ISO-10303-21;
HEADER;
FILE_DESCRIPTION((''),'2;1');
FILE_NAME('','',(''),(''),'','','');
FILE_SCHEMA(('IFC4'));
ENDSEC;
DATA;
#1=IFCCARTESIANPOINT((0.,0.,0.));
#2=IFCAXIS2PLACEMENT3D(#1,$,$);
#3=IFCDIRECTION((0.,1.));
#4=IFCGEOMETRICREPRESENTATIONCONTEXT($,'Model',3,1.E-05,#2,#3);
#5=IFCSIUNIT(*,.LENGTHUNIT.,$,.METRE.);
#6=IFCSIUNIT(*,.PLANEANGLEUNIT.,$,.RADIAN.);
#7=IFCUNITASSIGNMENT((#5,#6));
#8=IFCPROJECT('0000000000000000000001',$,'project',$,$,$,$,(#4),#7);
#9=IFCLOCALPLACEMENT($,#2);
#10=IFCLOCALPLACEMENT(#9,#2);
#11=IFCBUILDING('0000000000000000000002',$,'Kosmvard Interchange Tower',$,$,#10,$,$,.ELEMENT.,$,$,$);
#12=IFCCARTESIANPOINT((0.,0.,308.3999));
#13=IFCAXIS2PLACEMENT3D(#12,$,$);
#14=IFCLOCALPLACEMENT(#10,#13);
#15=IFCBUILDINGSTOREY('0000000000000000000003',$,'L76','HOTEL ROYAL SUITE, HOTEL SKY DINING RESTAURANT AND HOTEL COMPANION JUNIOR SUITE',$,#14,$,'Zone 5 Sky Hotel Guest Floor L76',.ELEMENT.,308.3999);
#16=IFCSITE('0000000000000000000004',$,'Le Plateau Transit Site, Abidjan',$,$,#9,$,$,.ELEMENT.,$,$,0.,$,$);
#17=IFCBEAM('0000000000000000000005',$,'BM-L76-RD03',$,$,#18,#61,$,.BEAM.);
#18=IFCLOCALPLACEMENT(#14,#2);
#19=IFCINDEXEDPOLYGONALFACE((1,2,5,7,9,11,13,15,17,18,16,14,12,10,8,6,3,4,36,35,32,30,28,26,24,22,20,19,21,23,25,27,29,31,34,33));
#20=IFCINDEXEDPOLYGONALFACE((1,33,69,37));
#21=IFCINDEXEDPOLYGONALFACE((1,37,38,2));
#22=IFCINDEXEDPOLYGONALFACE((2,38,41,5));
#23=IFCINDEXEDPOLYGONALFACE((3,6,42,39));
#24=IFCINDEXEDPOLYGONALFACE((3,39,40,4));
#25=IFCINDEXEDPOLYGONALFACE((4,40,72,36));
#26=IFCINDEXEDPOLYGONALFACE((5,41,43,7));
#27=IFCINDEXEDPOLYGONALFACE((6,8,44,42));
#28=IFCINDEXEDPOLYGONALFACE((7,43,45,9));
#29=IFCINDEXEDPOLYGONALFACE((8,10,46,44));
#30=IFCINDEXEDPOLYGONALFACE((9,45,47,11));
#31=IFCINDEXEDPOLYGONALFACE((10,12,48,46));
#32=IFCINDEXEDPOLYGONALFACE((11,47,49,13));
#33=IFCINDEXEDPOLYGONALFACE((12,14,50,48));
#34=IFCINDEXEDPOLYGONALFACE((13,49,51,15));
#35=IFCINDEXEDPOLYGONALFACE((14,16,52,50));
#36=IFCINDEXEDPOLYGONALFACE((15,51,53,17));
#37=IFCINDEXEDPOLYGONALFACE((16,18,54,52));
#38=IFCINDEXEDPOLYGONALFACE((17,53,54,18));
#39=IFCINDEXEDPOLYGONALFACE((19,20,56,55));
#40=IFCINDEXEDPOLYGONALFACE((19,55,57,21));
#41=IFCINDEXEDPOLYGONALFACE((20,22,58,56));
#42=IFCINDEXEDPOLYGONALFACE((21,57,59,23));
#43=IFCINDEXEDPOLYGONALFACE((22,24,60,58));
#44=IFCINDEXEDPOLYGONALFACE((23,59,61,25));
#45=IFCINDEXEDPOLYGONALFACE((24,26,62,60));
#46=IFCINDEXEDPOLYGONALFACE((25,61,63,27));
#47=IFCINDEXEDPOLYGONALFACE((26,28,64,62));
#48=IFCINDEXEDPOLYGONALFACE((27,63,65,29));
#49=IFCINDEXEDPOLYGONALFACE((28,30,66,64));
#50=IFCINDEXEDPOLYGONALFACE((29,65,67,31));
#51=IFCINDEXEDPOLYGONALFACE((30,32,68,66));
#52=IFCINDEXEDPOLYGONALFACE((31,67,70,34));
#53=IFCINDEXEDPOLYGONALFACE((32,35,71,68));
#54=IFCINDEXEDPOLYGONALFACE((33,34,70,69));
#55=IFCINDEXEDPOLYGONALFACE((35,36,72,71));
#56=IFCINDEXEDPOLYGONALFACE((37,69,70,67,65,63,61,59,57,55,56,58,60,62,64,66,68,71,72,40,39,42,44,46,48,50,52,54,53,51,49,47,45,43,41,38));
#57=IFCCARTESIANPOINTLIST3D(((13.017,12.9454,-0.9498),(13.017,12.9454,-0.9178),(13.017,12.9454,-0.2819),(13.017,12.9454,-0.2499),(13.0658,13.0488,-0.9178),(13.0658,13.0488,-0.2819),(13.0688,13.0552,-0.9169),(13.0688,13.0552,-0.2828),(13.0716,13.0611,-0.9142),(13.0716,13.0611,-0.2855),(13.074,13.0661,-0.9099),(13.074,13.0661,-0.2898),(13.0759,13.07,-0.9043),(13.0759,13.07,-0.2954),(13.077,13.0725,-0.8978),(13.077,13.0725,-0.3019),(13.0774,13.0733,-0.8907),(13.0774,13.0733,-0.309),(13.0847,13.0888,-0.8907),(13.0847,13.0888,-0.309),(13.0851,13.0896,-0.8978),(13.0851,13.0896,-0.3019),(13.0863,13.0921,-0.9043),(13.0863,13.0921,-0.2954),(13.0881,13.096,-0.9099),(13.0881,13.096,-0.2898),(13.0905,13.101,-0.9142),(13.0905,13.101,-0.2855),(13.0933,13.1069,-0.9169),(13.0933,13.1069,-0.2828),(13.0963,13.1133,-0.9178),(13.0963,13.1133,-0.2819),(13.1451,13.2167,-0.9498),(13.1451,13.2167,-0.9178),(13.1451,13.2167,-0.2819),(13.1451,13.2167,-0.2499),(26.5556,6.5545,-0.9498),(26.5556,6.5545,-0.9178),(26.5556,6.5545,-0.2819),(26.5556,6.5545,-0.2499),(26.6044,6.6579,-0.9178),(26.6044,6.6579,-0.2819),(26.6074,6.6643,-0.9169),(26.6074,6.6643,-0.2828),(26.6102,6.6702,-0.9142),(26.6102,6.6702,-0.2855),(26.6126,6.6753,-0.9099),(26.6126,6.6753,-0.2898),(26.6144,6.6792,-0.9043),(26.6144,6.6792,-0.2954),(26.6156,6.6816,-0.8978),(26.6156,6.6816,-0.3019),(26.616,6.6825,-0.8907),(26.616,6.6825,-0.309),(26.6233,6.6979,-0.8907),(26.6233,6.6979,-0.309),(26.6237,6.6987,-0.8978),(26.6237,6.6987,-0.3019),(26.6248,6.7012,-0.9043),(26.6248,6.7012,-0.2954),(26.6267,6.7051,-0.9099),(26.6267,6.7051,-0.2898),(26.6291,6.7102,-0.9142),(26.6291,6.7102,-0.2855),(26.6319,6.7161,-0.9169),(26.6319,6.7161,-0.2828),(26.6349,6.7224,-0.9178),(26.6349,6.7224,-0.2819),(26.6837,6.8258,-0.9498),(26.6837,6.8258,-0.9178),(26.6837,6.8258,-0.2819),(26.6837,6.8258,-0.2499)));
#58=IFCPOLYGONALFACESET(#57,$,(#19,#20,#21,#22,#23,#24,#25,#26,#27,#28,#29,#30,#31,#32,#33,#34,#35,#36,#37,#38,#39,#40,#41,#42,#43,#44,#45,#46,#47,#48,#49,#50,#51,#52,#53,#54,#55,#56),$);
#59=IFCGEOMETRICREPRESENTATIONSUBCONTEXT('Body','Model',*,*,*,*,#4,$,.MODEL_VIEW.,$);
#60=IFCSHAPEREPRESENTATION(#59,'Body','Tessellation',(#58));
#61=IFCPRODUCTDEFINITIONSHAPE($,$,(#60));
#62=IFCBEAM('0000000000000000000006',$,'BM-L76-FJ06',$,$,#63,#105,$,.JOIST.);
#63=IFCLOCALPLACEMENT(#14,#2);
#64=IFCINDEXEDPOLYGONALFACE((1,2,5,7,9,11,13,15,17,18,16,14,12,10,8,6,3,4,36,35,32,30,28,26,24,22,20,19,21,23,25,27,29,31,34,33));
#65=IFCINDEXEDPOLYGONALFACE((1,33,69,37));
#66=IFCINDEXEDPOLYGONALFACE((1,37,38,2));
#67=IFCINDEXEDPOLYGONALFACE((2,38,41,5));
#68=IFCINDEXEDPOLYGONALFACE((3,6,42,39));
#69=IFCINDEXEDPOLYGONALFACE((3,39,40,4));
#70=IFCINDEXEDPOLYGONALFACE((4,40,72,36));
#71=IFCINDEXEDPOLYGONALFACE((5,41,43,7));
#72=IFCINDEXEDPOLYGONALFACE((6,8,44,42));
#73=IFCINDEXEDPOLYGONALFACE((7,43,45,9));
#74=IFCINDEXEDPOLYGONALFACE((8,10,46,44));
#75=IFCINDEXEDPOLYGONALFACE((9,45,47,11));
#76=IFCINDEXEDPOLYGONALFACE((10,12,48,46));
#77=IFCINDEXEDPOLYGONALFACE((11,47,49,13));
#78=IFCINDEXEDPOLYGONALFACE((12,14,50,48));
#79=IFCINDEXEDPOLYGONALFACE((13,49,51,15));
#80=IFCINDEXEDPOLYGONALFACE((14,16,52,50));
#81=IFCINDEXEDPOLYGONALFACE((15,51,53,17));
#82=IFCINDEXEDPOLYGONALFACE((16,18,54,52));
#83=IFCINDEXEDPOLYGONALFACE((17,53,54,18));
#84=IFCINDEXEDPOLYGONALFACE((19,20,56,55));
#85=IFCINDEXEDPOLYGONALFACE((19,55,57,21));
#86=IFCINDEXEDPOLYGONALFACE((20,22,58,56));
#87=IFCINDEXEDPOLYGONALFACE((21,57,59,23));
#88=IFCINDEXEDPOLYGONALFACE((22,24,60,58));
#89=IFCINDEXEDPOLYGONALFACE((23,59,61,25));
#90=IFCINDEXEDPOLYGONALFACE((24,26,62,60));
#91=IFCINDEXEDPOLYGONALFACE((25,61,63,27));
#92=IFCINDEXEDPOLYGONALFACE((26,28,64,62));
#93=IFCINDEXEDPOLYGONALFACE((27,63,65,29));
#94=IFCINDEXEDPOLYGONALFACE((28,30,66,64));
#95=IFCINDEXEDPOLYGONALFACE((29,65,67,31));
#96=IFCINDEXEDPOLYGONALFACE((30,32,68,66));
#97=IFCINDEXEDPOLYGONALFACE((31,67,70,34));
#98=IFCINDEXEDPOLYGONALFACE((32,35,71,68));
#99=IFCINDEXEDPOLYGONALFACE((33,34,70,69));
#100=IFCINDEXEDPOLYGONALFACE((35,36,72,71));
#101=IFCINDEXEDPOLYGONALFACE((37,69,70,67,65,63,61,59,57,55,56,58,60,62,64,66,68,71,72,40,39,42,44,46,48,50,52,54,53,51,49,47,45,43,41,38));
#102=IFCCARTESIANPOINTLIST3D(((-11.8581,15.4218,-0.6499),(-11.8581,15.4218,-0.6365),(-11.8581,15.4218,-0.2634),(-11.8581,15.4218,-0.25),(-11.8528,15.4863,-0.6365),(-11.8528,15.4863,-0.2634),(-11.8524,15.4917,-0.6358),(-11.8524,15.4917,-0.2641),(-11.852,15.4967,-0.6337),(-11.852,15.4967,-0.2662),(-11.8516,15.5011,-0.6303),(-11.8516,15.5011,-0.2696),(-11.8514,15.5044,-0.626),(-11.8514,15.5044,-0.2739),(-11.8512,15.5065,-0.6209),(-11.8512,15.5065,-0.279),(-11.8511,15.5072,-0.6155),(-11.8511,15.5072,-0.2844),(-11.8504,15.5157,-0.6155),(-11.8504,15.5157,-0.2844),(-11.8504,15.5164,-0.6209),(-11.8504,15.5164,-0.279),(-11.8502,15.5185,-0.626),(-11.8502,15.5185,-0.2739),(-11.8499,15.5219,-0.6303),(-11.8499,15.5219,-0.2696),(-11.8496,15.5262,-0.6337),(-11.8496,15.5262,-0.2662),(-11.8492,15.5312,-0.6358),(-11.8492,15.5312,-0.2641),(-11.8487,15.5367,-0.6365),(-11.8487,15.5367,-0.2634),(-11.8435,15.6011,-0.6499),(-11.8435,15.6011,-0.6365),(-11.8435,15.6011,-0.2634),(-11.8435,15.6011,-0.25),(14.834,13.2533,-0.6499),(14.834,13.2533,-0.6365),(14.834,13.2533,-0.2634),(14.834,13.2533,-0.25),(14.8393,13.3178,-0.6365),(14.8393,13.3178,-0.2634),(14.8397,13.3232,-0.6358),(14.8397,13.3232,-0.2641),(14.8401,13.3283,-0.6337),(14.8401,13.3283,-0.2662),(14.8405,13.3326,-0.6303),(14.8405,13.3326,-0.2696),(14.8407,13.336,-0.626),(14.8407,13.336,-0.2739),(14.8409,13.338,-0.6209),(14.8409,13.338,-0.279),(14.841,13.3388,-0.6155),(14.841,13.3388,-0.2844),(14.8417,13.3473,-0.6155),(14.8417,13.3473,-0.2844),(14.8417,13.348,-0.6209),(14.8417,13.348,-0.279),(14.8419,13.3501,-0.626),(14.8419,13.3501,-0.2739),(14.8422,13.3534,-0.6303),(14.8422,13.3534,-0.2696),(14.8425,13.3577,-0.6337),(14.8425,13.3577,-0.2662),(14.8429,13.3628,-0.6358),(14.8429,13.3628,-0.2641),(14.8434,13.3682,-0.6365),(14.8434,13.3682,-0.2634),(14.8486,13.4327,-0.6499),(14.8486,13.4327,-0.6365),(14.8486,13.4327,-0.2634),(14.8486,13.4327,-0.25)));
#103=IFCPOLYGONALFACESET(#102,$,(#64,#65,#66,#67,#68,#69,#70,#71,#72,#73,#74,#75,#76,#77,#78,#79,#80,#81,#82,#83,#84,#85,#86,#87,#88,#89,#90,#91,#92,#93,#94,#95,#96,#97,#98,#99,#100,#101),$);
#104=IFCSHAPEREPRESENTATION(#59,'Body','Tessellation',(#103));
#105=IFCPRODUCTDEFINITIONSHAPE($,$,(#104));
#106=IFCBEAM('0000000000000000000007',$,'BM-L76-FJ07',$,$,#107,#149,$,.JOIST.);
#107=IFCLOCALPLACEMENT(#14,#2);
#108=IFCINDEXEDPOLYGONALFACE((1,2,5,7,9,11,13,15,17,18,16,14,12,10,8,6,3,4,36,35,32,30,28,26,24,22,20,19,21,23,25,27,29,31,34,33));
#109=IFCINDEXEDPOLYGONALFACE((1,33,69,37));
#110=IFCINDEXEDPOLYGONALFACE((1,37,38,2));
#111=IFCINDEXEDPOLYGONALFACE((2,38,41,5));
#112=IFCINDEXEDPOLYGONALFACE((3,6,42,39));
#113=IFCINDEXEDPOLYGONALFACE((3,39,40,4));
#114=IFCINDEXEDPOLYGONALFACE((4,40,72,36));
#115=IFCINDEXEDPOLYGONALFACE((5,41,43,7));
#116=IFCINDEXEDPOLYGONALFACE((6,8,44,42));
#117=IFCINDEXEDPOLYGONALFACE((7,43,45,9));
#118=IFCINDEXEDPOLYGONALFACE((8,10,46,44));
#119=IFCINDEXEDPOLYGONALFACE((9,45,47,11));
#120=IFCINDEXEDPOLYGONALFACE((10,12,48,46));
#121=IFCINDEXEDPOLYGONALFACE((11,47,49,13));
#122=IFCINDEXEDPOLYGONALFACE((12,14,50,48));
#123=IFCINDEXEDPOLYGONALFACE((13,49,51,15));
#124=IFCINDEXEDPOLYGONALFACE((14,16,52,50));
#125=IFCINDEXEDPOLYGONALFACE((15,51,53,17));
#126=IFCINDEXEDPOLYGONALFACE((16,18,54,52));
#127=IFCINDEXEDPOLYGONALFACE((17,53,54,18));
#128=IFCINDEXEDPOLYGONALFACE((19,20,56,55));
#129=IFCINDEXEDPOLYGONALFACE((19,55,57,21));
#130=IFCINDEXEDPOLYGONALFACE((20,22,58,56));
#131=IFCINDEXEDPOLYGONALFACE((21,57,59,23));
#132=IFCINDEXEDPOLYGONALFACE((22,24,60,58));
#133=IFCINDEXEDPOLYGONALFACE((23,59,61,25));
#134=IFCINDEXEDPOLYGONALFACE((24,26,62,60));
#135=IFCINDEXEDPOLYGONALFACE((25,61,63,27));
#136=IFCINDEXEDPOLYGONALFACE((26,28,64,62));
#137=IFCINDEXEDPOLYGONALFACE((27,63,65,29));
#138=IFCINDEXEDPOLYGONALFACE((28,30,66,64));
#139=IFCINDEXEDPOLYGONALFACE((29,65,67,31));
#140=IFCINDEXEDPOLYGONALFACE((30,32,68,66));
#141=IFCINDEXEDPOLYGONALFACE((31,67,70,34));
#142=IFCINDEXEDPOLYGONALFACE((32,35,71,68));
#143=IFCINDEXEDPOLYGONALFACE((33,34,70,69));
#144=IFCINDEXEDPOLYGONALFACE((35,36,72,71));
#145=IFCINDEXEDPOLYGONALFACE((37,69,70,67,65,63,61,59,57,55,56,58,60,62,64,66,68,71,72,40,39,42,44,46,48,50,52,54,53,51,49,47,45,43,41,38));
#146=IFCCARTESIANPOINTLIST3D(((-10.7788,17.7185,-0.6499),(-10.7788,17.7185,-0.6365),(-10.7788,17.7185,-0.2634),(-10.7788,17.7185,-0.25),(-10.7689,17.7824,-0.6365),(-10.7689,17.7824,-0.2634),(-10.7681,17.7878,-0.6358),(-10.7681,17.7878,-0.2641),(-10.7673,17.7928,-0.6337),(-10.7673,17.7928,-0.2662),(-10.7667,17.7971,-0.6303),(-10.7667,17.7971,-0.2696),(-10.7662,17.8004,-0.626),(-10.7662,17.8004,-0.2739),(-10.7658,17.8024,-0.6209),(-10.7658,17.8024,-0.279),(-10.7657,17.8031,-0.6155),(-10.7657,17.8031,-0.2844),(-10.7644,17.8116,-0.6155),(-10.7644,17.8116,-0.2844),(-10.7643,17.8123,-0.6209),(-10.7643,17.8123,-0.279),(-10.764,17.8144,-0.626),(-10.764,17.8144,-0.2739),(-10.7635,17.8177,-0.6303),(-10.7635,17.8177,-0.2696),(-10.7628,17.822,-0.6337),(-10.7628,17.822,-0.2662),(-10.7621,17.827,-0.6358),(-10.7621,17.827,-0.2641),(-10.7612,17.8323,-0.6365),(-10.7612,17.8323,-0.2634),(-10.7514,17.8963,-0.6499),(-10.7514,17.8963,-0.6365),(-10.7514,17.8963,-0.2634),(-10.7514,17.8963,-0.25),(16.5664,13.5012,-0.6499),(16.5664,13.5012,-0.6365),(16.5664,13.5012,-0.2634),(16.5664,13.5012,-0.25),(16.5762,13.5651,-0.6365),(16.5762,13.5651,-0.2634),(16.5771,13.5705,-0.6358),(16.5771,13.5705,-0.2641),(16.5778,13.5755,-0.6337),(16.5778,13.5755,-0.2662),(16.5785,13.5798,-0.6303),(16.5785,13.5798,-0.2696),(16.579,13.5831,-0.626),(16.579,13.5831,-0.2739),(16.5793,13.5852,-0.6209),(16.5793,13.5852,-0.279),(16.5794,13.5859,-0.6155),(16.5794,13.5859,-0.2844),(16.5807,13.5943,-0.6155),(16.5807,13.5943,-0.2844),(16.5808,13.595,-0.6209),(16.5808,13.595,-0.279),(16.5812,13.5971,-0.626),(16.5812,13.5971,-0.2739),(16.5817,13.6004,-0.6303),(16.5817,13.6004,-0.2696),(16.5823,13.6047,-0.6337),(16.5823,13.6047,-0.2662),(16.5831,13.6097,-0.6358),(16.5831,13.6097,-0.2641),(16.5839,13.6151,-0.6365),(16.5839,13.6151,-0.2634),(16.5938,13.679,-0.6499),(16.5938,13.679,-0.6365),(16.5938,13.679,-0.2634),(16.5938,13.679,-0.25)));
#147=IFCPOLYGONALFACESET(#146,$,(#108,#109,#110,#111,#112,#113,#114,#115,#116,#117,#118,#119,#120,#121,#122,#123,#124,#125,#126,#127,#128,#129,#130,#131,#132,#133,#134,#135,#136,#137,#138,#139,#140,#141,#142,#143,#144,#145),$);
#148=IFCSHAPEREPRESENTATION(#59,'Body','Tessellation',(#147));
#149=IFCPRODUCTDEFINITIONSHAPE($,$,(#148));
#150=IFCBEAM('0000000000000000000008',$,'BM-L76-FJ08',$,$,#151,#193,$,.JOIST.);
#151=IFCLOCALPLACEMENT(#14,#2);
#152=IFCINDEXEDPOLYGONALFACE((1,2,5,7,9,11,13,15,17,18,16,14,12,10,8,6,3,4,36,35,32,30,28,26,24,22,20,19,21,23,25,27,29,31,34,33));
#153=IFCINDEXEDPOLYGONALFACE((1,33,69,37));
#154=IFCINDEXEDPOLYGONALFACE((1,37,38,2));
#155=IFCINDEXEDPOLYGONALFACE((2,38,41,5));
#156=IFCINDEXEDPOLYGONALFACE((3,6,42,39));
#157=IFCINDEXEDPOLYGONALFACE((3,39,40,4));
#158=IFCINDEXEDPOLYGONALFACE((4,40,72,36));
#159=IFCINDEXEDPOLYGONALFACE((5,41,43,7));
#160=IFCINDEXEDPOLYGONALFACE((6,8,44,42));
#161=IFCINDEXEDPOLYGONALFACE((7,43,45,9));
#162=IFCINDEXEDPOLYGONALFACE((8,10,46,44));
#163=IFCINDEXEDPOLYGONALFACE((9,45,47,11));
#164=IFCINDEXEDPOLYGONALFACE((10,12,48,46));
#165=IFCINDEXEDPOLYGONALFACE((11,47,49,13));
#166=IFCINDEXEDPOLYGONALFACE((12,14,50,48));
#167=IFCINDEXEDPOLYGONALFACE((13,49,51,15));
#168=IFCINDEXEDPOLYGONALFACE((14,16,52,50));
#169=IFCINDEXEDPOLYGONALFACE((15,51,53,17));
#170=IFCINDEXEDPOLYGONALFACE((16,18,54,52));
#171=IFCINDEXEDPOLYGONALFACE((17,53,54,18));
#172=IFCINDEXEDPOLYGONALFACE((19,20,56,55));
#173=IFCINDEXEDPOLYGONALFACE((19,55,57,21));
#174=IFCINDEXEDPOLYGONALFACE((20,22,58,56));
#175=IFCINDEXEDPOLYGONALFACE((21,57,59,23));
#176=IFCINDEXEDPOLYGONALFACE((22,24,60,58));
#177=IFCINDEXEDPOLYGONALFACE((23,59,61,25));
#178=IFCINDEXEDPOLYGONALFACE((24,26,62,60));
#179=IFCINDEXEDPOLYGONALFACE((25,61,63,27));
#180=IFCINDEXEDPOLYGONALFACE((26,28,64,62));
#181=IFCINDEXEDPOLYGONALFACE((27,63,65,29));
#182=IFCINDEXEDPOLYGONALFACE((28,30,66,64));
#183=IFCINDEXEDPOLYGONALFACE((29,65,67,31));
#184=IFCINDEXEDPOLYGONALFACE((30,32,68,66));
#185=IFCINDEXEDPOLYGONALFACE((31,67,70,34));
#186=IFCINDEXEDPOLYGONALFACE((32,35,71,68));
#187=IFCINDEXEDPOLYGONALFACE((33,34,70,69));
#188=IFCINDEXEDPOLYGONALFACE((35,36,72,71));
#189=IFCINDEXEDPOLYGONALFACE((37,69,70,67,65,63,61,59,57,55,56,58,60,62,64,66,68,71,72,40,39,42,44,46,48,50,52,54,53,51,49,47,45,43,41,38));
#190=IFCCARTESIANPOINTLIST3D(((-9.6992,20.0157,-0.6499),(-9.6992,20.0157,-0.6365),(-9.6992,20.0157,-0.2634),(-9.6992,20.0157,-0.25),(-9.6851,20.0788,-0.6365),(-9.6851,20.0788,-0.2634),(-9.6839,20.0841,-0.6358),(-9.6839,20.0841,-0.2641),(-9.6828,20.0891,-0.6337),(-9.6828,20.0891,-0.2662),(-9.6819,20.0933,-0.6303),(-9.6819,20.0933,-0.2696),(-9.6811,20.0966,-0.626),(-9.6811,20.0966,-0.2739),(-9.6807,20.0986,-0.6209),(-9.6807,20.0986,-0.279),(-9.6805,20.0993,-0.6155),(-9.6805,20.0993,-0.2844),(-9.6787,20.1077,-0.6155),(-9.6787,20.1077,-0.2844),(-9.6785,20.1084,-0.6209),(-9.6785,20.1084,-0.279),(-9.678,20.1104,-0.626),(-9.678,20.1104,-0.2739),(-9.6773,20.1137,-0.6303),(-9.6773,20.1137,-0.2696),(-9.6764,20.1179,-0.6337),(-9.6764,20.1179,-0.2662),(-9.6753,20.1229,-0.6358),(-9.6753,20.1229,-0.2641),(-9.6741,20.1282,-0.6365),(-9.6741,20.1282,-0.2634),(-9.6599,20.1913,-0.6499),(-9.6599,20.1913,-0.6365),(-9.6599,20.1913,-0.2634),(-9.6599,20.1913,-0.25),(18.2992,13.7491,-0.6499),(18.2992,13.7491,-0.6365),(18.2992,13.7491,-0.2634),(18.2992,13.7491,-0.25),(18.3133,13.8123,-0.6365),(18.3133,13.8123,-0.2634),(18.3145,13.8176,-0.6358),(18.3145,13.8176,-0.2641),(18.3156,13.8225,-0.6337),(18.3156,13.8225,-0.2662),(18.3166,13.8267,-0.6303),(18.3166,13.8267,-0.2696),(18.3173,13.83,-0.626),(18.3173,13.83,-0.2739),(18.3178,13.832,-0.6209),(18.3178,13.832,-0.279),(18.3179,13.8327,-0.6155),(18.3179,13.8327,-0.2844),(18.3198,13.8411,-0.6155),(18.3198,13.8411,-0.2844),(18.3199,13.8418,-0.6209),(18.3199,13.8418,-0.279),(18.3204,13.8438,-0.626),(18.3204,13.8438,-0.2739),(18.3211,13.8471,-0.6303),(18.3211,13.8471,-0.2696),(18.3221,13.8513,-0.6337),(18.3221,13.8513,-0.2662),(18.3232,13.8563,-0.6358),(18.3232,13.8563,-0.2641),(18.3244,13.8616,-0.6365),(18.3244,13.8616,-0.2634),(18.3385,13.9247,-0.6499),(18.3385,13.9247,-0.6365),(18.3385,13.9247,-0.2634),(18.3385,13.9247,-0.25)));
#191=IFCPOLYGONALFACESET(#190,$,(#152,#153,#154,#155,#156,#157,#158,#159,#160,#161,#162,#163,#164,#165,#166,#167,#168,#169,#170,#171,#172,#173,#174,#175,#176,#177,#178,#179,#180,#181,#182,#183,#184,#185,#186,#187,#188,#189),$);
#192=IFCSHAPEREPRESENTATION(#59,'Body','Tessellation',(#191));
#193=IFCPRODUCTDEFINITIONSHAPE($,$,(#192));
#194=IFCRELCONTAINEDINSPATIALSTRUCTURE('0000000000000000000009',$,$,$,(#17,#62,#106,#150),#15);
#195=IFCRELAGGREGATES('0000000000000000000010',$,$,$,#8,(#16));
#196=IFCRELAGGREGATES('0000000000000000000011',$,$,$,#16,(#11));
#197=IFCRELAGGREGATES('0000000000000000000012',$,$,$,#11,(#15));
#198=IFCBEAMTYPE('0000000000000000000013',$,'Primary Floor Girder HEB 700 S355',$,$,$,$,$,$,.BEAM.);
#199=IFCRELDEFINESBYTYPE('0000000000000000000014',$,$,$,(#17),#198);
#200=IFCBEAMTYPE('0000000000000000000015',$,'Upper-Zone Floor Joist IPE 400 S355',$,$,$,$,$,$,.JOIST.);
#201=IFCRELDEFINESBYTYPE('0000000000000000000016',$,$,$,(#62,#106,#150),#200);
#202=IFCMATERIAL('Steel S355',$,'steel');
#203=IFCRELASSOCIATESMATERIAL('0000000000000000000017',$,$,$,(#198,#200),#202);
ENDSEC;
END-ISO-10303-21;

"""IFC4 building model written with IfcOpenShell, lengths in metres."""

from ifc_helpers import new_model, si_unit, direction, frame, origin, origin_2d, place, context, subcontext, project, spatial, i_section, extrude, source, transform, mapped, material, material_profile, profile_set, type_object, element, save


model = new_model("IFC4")

# Units and contexts
model_context = context("Model", 3, precision=1e-05, world=origin(), true_north=direction((0.0, 1.0)))
body_context = subcontext(model_context, "Body", "Model", "MODEL_VIEW")
ifc_project = project(units=[si_unit("LENGTHUNIT", "METRE"), si_unit("PLANEANGLEUNIT", "RADIAN")], contexts=[model_context])

# Site, building, storey
site_placement = place(None, origin())
site = spatial("IfcSite", under=ifc_project, at=site_placement, Name="Le Plateau Transit Site, Abidjan", CompositionType="ELEMENT", RefElevation=0.0)
building_placement = place(site_placement, origin())
building = spatial("IfcBuilding", under=site, at=building_placement, Name="Kosmvard Interchange Tower", CompositionType="ELEMENT")
storey_placement = place(building_placement, frame((0.0, 0.0, 308.3999)))
storey = spatial("IfcBuildingStorey", under=building, at=storey_placement, Name="L76", Description="HOTEL ROYAL SUITE, HOTEL SKY DINING RESTAURANT AND HOTEL COMPANION JUNIOR SUITE", LongName="Zone 5 Sky Hotel Guest Floor L76", CompositionType="ELEMENT", Elevation=308.3999)

# Beams
ifc_material_1 = material(Name="Steel S355", Category="steel")
ifc_material_profile_1 = material_profile(ifc_material_1, i_section(OverallWidth=0.3, OverallDepth=0.7, WebThickness=0.0171, FlangeThickness=0.032, FilletRadius=0.0271, at=origin_2d()), Name="HEB 700")
ifc_profile_set_1 = profile_set([ifc_material_profile_1], Name="Steel S355")
beam_type_1 = type_object("IfcBeamType", Name="Primary Floor Girder HEB 700 S355", PredefinedType="BEAM", material=ifc_profile_set_1)
shared_shape_1 = source(origin(), body_context, "Body", "SweptSolid", [
    extrude(i_section(OverallWidth=0.3, OverallDepth=0.7, WebThickness=0.0171, FlangeThickness=0.032, FilletRadius=0.0271, at=origin_2d()), origin(), (0.0, 0.0, 1.0), 14.9712),
])
beam_1_placement = place(storey_placement, frame((13.0811, 13.0811, -0.5999), z_axis=(0.904309, -0.426878, 0.0), x_axis=(0.426878, 0.904309, 0.0)))
element("IfcBeam", 1, at=beam_1_placement, inside=storey, type_object=beam_type_1, Name="BM-L76-RD03", PredefinedType="BEAM", context=body_context, shape_type="MappedRepresentation", body=[
    mapped(shared_shape_1, transform((0.0, 0.0, 0.0), scale=1.0)),
])
ifc_material_profile_2 = material_profile(ifc_material_1, i_section(OverallWidth=0.1799, OverallDepth=0.3999, WebThickness=0.0085, FlangeThickness=0.0134, FilletRadius=0.021, at=origin_2d()), Name="IPE 400")
ifc_profile_set_2 = profile_set([ifc_material_profile_2], Name="Steel S355")
beam_type_2 = type_object("IfcBeamType", Name="Upper-Zone Floor Joist IPE 400 S355", PredefinedType="JOIST", material=ifc_profile_set_2)
shared_shape_2 = source(origin(), body_context, "Body", "SweptSolid", [
    extrude(i_section(OverallWidth=0.1799, OverallDepth=0.3999, WebThickness=0.0085, FlangeThickness=0.0134, FilletRadius=0.021, at=origin_2d()), origin(), (0.0, 0.0, 1.0), 26.78),
])
beam_2_placement = place(storey_placement, frame((14.8413, 13.343, -0.45), z_axis=(-0.996716, 0.080973, 0.0), x_axis=(-0.080973, -0.996716, 0.0)))
element("IfcBeam", 2, at=beam_2_placement, inside=storey, type_object=beam_type_2, Name="BM-L76-FJ06", PredefinedType="JOIST", context=body_context, shape_type="MappedRepresentation", body=[
    mapped(shared_shape_2, transform((0.0, 0.0, 0.0), scale=1.0)),
])
shared_shape_3 = source(origin(), body_context, "Body", "SweptSolid", [
    extrude(i_section(OverallWidth=0.1799, OverallDepth=0.3999, WebThickness=0.0085, FlangeThickness=0.0134, FilletRadius=0.021, at=origin_2d()), origin(), (0.0, 0.0, 1.0), 27.6685),
])
beam_3_placement = place(storey_placement, frame((16.5801, 13.5901, -0.45), z_axis=(-0.988316, 0.152422, 0.0), x_axis=(-0.152422, -0.988316, 0.0)))
element("IfcBeam", 3, at=beam_3_placement, inside=storey, type_object=beam_type_2, Name="BM-L76-FJ07", PredefinedType="JOIST", context=body_context, shape_type="MappedRepresentation", body=[
    mapped(shared_shape_3, transform((0.0, 0.0, 0.0), scale=1.0)),
])
shared_shape_4 = source(origin(), body_context, "Body", "SweptSolid", [
    extrude(i_section(OverallWidth=0.1799, OverallDepth=0.3999, WebThickness=0.0085, FlangeThickness=0.0134, FilletRadius=0.021, at=origin_2d()), origin(), (0.0, 0.0, 1.0), 28.6912),
])
beam_4_placement = place(storey_placement, frame((18.3188, 13.8369, -0.45), z_axis=(-0.975856, 0.218415, 0.0), x_axis=(-0.218415, -0.975856, 0.0)))
element("IfcBeam", 4, at=beam_4_placement, inside=storey, type_object=beam_type_2, Name="BM-L76-FJ08", PredefinedType="JOIST", context=body_context, shape_type="MappedRepresentation", body=[
    mapped(shared_shape_4, transform((0.0, 0.0, 0.0), scale=1.0)),
])

save(model, "model.ifc")
